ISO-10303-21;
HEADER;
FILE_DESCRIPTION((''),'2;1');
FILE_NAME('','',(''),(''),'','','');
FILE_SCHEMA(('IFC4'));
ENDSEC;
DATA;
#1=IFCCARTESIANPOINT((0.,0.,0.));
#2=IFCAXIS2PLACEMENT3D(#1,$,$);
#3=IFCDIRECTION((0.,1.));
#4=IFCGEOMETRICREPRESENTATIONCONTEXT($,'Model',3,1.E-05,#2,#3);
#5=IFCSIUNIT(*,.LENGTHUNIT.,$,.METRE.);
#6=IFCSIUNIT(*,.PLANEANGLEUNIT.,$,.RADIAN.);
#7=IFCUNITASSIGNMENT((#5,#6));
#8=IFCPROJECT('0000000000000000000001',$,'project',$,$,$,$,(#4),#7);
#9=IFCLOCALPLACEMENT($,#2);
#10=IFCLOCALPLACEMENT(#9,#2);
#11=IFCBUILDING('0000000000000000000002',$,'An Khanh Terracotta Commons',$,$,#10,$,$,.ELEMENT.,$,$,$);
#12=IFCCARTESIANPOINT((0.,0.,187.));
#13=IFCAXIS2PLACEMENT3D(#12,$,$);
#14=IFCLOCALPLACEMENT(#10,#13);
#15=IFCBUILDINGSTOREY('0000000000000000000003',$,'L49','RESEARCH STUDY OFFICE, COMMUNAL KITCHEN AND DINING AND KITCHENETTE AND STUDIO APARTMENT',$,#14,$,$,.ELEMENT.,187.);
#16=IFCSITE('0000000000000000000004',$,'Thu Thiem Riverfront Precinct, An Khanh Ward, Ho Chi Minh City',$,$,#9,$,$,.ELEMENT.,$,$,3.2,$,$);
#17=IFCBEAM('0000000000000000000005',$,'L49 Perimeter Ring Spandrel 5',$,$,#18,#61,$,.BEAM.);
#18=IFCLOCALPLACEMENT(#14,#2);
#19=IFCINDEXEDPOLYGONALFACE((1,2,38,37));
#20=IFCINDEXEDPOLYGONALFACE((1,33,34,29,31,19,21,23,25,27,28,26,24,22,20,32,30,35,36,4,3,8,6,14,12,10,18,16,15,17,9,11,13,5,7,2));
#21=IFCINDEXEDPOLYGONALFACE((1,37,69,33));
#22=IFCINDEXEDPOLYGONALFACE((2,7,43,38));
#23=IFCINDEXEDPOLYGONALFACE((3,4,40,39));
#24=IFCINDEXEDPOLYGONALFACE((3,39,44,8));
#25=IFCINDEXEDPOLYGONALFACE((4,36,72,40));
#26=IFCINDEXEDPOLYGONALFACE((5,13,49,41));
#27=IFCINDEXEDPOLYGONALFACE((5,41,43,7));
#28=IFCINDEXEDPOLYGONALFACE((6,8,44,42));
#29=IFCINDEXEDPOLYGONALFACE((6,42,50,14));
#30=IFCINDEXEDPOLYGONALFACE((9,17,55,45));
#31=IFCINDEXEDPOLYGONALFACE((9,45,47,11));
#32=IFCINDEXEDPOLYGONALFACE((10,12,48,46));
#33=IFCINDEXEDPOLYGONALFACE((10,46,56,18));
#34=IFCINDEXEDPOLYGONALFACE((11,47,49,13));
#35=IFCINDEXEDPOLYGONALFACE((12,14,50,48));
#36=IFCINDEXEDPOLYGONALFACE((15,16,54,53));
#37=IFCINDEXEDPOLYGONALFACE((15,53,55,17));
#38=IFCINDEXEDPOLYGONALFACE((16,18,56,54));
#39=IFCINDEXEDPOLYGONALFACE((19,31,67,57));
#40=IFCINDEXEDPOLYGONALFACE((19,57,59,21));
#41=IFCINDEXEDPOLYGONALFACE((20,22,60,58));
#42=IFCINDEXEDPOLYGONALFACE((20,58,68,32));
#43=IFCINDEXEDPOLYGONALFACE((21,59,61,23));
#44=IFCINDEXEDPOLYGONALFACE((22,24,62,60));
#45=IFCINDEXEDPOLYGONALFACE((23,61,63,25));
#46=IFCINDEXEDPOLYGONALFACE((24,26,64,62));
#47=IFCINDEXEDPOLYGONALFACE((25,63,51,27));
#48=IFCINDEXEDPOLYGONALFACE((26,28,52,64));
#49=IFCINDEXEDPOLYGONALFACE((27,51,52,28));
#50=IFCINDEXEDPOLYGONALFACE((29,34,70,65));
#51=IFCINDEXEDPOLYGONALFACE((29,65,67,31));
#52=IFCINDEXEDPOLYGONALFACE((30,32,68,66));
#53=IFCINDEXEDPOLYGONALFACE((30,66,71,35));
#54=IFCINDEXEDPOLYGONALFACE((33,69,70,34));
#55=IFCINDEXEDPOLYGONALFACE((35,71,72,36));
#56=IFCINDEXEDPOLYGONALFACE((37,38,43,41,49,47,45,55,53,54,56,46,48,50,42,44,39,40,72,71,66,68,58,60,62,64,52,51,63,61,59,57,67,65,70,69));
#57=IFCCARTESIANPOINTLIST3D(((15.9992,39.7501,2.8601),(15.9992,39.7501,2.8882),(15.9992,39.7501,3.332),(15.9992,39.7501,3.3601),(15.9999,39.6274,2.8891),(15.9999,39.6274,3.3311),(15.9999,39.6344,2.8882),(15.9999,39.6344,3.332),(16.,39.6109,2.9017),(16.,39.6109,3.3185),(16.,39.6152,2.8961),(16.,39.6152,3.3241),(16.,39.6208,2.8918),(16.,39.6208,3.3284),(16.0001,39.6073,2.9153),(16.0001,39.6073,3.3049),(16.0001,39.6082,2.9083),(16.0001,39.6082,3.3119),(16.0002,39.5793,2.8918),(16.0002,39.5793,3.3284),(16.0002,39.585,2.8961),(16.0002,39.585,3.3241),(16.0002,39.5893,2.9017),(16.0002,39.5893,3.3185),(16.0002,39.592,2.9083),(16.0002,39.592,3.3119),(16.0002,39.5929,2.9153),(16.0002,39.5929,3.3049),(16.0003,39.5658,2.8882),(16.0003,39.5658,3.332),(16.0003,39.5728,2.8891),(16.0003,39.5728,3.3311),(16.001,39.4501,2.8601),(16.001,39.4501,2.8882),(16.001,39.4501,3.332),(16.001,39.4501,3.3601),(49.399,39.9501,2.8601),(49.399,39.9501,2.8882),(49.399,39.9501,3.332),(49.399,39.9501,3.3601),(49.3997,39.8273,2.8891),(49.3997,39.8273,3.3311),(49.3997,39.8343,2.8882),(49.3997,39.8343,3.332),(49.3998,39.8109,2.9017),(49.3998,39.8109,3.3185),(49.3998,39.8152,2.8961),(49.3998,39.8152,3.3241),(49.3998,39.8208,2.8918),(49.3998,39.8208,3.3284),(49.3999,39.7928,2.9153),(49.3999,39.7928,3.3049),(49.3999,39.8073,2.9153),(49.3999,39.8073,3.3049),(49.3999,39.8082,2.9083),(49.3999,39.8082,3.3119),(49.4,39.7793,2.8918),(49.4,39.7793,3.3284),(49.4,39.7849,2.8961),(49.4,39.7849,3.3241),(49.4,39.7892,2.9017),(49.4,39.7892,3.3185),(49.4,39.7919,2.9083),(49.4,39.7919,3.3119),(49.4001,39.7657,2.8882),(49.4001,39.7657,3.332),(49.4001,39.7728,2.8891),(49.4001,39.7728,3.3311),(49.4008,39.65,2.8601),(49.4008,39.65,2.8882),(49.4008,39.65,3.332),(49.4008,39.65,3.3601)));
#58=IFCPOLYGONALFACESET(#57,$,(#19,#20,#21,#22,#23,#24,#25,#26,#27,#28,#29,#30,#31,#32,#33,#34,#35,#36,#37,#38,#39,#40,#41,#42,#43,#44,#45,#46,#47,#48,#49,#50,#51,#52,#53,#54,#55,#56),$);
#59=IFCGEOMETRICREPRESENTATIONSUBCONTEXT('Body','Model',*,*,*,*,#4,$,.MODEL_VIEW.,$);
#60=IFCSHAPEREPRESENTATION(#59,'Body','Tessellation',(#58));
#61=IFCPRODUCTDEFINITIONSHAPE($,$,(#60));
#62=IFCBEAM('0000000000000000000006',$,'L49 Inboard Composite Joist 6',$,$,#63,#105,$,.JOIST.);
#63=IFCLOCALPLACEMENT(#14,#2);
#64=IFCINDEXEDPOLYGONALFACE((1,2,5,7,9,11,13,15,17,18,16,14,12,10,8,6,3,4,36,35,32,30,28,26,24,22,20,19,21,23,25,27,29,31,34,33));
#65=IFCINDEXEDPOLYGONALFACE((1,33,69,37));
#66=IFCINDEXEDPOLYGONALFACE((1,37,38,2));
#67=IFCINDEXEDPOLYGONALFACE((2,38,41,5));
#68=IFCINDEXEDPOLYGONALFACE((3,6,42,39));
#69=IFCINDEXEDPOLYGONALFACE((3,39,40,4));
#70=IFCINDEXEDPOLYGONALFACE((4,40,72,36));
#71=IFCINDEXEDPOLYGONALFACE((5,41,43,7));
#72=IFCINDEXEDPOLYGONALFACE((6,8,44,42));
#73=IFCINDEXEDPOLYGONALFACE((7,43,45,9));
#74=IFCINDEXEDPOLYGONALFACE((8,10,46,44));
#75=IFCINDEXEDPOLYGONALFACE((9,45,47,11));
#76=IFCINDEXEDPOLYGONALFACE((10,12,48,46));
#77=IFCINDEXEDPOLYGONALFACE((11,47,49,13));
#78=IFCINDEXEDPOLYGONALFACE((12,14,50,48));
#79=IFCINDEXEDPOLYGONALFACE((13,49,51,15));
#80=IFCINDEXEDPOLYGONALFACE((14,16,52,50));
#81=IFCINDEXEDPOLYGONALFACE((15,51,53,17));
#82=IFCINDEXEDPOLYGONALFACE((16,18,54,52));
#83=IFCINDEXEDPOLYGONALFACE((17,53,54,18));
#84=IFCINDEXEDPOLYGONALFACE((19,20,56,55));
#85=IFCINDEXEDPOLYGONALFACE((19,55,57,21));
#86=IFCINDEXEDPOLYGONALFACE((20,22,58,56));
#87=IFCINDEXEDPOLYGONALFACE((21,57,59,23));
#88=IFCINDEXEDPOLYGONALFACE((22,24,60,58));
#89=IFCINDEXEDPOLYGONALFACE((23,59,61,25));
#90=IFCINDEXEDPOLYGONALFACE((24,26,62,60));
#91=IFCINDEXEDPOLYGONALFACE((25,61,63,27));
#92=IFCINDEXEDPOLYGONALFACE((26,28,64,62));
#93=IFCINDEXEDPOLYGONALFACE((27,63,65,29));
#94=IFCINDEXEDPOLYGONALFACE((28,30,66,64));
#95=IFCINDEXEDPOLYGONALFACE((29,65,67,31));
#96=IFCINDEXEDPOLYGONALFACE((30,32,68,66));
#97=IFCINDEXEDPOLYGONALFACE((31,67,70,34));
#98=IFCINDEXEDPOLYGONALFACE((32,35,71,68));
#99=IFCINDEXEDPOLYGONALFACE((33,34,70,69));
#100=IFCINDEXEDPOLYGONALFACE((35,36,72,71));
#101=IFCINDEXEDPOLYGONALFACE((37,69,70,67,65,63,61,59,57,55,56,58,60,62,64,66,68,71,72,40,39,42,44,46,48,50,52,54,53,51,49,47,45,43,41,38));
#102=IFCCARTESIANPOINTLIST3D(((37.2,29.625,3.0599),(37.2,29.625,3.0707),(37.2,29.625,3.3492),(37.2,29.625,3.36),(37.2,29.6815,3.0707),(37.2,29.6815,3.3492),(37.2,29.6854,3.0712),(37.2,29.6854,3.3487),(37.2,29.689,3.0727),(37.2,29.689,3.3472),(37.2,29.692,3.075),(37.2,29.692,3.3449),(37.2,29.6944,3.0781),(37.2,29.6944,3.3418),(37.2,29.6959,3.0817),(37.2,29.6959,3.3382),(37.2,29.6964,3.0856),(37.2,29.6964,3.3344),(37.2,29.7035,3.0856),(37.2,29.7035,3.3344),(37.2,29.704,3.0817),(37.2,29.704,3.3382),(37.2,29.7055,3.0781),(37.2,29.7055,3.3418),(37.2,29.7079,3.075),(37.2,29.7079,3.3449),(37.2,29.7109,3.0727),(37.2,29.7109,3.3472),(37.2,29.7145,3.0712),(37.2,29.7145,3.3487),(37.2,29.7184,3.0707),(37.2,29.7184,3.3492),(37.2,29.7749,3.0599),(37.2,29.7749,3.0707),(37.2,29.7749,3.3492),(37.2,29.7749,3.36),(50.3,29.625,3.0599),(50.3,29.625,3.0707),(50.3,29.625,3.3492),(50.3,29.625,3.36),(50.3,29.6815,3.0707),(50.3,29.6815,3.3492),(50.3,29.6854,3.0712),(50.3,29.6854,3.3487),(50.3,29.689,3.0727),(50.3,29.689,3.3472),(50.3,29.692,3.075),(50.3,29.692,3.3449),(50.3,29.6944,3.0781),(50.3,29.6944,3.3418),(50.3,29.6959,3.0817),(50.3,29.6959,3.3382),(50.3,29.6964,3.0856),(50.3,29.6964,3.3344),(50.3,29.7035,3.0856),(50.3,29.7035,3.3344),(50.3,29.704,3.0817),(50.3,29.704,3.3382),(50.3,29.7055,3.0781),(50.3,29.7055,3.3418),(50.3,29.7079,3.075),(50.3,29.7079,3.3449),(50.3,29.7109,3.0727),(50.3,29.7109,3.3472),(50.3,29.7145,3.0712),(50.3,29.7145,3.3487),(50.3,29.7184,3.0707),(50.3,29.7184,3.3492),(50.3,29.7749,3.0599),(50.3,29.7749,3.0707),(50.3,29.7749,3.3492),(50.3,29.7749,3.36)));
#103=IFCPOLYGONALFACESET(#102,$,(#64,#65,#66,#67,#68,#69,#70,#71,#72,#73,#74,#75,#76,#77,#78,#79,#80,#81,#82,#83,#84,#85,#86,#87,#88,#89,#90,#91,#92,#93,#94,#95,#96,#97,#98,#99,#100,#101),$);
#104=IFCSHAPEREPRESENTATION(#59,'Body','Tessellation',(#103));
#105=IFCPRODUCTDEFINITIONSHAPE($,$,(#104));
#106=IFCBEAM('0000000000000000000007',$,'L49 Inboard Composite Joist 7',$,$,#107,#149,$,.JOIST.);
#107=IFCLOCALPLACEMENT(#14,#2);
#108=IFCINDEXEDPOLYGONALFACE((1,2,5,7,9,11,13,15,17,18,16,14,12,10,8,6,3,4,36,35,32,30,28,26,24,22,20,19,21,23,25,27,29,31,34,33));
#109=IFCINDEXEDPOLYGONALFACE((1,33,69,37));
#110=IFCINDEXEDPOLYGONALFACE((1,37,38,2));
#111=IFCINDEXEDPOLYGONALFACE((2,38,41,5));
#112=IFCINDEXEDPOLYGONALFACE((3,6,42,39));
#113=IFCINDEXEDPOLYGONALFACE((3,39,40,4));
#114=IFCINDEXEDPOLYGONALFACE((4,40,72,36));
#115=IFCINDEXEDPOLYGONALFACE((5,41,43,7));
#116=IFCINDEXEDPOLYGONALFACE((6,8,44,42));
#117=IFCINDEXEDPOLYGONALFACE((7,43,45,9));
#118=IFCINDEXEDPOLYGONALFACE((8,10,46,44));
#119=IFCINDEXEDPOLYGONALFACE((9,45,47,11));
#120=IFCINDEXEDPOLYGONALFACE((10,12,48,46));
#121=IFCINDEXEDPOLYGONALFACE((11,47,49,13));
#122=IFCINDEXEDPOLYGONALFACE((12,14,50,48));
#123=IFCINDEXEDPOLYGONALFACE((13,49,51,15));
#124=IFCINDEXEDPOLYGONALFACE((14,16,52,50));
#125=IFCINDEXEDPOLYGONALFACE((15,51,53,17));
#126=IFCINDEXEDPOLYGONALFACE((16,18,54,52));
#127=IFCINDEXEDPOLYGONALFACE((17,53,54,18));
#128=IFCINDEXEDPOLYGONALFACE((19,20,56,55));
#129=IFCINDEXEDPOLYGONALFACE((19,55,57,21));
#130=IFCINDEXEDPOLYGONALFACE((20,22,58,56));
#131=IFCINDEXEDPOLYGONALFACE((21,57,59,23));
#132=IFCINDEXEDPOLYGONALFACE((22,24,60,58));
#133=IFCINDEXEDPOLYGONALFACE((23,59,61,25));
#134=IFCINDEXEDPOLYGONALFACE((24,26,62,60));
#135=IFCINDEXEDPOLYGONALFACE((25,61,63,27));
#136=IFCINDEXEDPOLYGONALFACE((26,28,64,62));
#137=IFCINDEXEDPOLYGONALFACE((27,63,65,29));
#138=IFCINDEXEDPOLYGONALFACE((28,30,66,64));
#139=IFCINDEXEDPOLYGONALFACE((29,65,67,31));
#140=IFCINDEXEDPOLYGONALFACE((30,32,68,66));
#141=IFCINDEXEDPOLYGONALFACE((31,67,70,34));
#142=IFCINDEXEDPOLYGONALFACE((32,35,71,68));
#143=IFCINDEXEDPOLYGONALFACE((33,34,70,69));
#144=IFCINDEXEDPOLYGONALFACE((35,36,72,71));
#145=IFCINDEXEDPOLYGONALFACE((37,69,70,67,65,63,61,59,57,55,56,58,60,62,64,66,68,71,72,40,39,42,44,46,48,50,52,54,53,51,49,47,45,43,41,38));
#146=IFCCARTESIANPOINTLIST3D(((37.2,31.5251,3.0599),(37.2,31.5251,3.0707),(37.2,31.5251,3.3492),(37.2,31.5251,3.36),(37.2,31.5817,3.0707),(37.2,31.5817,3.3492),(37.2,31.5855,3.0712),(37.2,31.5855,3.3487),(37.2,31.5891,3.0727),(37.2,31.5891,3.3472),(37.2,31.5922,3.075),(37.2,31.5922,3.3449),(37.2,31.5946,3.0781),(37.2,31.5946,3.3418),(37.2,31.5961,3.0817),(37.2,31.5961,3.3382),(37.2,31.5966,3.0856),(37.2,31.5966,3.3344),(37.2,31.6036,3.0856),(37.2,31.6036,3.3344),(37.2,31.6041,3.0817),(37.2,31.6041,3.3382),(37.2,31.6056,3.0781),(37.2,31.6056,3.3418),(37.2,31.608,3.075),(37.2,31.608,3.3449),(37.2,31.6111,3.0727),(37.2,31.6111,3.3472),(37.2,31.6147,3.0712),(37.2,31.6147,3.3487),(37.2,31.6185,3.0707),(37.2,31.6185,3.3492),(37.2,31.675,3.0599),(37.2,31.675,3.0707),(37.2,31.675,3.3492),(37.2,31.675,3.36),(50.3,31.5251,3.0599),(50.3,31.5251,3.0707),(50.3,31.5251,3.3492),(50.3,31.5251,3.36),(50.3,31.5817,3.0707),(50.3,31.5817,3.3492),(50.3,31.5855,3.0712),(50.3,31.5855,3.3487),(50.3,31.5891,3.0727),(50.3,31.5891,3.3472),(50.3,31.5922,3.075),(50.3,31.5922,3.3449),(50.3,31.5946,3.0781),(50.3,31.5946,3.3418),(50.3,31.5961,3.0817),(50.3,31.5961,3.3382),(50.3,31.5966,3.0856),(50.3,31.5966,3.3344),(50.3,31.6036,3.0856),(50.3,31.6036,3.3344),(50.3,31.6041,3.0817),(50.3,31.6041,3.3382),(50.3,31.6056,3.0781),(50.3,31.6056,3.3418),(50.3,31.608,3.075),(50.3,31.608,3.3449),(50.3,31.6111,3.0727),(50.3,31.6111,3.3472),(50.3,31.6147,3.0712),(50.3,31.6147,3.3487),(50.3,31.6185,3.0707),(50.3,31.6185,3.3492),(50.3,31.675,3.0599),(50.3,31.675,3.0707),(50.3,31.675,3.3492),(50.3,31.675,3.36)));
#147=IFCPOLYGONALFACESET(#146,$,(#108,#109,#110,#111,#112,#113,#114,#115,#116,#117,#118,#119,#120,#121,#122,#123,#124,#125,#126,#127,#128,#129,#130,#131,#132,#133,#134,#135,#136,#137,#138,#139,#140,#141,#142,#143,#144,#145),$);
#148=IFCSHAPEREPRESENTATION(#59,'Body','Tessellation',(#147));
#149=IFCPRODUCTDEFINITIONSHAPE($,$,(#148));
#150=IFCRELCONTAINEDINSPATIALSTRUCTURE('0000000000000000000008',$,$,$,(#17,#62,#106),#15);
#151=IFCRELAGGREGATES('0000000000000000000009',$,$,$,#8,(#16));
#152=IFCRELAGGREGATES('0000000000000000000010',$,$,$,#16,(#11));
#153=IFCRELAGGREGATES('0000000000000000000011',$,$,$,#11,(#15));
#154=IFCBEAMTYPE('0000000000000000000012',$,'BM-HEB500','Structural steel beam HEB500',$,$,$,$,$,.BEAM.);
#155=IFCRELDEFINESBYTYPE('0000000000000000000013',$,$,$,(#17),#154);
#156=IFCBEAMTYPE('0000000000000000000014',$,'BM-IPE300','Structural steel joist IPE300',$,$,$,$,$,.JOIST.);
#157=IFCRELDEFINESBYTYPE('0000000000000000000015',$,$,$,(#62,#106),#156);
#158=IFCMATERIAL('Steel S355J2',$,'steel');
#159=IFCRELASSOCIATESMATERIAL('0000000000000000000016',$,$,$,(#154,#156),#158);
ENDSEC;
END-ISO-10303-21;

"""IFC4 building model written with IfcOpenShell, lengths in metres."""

from ifc_helpers import new_model, si_unit, direction, frame, origin, origin_2d, place, context, subcontext, project, spatial, i_section, extrude, material, material_profile, profile_set, type_object, element, save


model = new_model("IFC4")

# Units and contexts
model_context = context("Model", 3, precision=1e-05, world=origin(), true_north=direction((0.0, 1.0)))
body_context = subcontext(model_context, "Body", "Model", "MODEL_VIEW")
ifc_project = project(units=[si_unit("LENGTHUNIT", "METRE"), si_unit("PLANEANGLEUNIT", "RADIAN")], contexts=[model_context])

# Site, building, storey
site_placement = place(None, origin())
site = spatial("IfcSite", under=ifc_project, at=site_placement, Name="Thu Thiem Riverfront Precinct, An Khanh Ward, Ho Chi Minh City", CompositionType="ELEMENT", RefElevation=3.2)
building_placement = place(site_placement, origin())
building = spatial("IfcBuilding", under=site, at=building_placement, Name="An Khanh Terracotta Commons", CompositionType="ELEMENT")
storey_placement = place(building_placement, frame((0.0, 0.0, 187.0)))
storey = spatial("IfcBuildingStorey", under=building, at=storey_placement, Name="L49", Description="RESEARCH STUDY OFFICE, COMMUNAL KITCHEN AND DINING AND KITCHENETTE AND STUDIO APARTMENT", CompositionType="ELEMENT", Elevation=187.0)

# Beams
ifc_material_1 = material(Name="Steel S355J2", Category="steel")
ifc_material_profile_1 = material_profile(ifc_material_1, i_section(OverallWidth=0.3, OverallDepth=0.5, WebThickness=0.0144, FlangeThickness=0.0281, FilletRadius=0.0271, at=origin_2d()), Name="HEB500")
ifc_profile_set_1 = profile_set([ifc_material_profile_1], Name="Steel S355J2")
beam_type_1 = type_object("IfcBeamType", Name="BM-HEB500", Description="Structural steel beam HEB500", PredefinedType="BEAM", material=ifc_profile_set_1)
beam_1_placement = place(storey_placement, frame((49.3999, 39.8, 3.1101), z_axis=(-0.999982, -0.005986, 0.0), x_axis=(0.005986, -0.999982, 0.0)))
element("IfcBeam", 1, at=beam_1_placement, inside=storey, type_object=beam_type_1, Name="L49 Perimeter Ring Spandrel 5", PredefinedType="BEAM", context=body_context, shape_type="SweptSolid", body=[
    extrude(i_section(OverallWidth=0.3, OverallDepth=0.5, WebThickness=0.0144, FlangeThickness=0.0281, FilletRadius=0.0271, at=origin_2d()), origin(), (0.0, 0.0, 1.0), 33.4004),
])
ifc_material_profile_2 = material_profile(ifc_material_1, i_section(OverallWidth=0.1499, OverallDepth=0.3, WebThickness=0.0071, FlangeThickness=0.0107, FilletRadius=0.0149, at=origin_2d()), Name="IPE300")
ifc_profile_set_2 = profile_set([ifc_material_profile_2], Name="Steel S355J2")
beam_type_2 = type_object("IfcBeamType", Name="BM-IPE300", Description="Structural steel joist IPE300", PredefinedType="JOIST", material=ifc_profile_set_2)
for number, where, z_axis, x_axis, name in (
    (2, (37.2, 29.7, 3.21), (1.0, 0.0, 0.0), (0.0, 1.0, 0.0), "L49 Inboard Composite Joist 6"),
    (3, (37.2, 31.6001, 3.21), (1.0, 0.0, 0.0), (0.0, 1.0, 0.0), "L49 Inboard Composite Joist 7"),
):
    element("IfcBeam", number, at=place(storey_placement, frame(where, z_axis=z_axis, x_axis=x_axis)), inside=storey, type_object=beam_type_2, Name=name, PredefinedType="JOIST", context=body_context, shape_type="SweptSolid", body=[
        extrude(i_section(OverallWidth=0.1499, OverallDepth=0.3, WebThickness=0.0071, FlangeThickness=0.0107, FilletRadius=0.0149, at=origin_2d()), origin(), (0.0, 0.0, 1.0), 13.1001),
    ])

save(model, "model.ifc")
